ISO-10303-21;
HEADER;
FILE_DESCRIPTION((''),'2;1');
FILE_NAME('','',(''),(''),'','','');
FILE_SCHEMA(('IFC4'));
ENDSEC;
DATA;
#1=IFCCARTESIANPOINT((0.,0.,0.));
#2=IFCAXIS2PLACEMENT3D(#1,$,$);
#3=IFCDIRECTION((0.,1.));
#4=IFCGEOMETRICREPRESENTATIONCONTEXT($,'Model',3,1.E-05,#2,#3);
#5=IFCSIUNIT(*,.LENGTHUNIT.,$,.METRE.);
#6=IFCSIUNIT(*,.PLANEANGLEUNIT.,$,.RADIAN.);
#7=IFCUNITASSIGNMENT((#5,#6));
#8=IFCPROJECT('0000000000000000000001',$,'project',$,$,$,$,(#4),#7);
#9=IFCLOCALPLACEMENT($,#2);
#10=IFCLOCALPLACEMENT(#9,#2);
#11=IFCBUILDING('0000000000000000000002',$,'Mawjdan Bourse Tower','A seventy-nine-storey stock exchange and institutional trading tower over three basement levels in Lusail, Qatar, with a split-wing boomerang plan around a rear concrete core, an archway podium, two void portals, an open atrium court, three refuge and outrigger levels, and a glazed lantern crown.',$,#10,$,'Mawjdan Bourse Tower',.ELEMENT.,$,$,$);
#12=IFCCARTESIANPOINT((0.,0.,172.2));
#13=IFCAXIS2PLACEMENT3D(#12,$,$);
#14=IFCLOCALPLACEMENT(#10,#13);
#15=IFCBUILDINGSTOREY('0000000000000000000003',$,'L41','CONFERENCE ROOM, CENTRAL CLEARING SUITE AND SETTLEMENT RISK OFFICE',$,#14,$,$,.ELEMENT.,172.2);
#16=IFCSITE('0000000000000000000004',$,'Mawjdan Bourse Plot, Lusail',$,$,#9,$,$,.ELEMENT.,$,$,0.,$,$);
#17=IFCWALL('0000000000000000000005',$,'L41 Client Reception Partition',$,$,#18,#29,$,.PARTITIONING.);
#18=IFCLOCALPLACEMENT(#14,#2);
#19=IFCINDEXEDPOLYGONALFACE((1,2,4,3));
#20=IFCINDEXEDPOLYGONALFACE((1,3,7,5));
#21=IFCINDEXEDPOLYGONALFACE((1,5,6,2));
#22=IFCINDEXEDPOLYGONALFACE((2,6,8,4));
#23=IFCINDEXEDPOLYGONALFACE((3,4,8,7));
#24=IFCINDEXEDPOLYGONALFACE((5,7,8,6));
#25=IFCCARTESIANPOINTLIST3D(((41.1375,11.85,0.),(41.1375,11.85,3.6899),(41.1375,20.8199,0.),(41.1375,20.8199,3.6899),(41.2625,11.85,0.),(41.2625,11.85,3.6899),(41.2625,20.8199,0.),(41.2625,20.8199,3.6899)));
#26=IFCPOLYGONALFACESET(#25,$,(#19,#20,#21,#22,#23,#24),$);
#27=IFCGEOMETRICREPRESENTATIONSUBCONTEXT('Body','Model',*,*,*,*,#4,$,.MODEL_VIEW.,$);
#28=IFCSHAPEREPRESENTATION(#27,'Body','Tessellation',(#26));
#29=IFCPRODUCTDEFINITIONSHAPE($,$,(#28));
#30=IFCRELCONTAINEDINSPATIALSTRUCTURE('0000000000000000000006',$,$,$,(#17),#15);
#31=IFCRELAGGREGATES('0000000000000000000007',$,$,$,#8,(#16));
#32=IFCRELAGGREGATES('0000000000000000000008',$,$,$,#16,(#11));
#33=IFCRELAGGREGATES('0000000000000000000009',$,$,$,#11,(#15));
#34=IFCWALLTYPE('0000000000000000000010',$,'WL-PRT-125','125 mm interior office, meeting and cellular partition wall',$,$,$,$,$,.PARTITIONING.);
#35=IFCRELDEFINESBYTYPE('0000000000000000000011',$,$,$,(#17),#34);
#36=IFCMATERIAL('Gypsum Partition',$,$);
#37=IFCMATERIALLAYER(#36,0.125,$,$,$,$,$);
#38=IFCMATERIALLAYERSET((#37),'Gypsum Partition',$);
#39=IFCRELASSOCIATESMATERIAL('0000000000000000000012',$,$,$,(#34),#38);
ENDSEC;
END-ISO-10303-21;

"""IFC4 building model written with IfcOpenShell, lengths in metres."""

from ifc_helpers import new_model, si_unit, direction, frame, frame_2d, origin, place, context, subcontext, project, spatial, rectangle, extrude, material, layer, layer_set, type_object, element, save


model = new_model("IFC4")

# Units and contexts
model_context = context("Model", 3, precision=1e-05, world=origin(), true_north=direction((0.0, 1.0)))
body_context = subcontext(model_context, "Body", "Model", "MODEL_VIEW")
ifc_project = project(units=[si_unit("LENGTHUNIT", "METRE"), si_unit("PLANEANGLEUNIT", "RADIAN")], contexts=[model_context])

# Site, building, storey
site_placement = place(None, origin())
site = spatial("IfcSite", under=ifc_project, at=site_placement, Name="Mawjdan Bourse Plot, Lusail", CompositionType="ELEMENT", RefElevation=0.0)
building_placement = place(site_placement, origin())
building = spatial("IfcBuilding", under=site, at=building_placement, Name="Mawjdan Bourse Tower", Description="A seventy-nine-storey stock exchange and institutional trading tower over three basement levels in Lusail, Qatar, with a split-wing boomerang plan around a rear concrete core, an archway podium, two void portals, an open atrium court, three refuge and outrigger levels, and a glazed lantern crown.", LongName="Mawjdan Bourse Tower", CompositionType="ELEMENT")
storey_placement = place(building_placement, frame((0.0, 0.0, 172.2)))
storey = spatial("IfcBuildingStorey", under=building, at=storey_placement, Name="L41", Description="CONFERENCE ROOM, CENTRAL CLEARING SUITE AND SETTLEMENT RISK OFFICE", CompositionType="ELEMENT", Elevation=172.2)

# Wall
ifc_material_1 = material(Name="Gypsum Partition")
ifc_layer_1 = layer(ifc_material_1, 0.125)
ifc_layer_set_1 = layer_set([ifc_layer_1], Name="Gypsum Partition")
wall_type_1 = type_object("IfcWallType", Name="WL-PRT-125", Description="125 mm interior office, meeting and cellular partition wall", PredefinedType="PARTITIONING", material=ifc_layer_set_1)
wall_1_placement = place(storey_placement, frame((41.2, 11.8501, 0.0), z_axis=(0.0, 0.0, 1.0), x_axis=(0.0, 1.0, 0.0)))
element("IfcWall", 1, at=wall_1_placement, inside=storey, type_object=wall_type_1, Name="L41 Client Reception Partition", PredefinedType="PARTITIONING", context=body_context, shape_type="SweptSolid", body=[
    extrude(rectangle(XDim=8.97, YDim=0.125, at=frame_2d((4.4849, 0.0))), origin(), (0.0, 0.0, 1.0), 3.6899),
])

save(model, "model.ifc")
